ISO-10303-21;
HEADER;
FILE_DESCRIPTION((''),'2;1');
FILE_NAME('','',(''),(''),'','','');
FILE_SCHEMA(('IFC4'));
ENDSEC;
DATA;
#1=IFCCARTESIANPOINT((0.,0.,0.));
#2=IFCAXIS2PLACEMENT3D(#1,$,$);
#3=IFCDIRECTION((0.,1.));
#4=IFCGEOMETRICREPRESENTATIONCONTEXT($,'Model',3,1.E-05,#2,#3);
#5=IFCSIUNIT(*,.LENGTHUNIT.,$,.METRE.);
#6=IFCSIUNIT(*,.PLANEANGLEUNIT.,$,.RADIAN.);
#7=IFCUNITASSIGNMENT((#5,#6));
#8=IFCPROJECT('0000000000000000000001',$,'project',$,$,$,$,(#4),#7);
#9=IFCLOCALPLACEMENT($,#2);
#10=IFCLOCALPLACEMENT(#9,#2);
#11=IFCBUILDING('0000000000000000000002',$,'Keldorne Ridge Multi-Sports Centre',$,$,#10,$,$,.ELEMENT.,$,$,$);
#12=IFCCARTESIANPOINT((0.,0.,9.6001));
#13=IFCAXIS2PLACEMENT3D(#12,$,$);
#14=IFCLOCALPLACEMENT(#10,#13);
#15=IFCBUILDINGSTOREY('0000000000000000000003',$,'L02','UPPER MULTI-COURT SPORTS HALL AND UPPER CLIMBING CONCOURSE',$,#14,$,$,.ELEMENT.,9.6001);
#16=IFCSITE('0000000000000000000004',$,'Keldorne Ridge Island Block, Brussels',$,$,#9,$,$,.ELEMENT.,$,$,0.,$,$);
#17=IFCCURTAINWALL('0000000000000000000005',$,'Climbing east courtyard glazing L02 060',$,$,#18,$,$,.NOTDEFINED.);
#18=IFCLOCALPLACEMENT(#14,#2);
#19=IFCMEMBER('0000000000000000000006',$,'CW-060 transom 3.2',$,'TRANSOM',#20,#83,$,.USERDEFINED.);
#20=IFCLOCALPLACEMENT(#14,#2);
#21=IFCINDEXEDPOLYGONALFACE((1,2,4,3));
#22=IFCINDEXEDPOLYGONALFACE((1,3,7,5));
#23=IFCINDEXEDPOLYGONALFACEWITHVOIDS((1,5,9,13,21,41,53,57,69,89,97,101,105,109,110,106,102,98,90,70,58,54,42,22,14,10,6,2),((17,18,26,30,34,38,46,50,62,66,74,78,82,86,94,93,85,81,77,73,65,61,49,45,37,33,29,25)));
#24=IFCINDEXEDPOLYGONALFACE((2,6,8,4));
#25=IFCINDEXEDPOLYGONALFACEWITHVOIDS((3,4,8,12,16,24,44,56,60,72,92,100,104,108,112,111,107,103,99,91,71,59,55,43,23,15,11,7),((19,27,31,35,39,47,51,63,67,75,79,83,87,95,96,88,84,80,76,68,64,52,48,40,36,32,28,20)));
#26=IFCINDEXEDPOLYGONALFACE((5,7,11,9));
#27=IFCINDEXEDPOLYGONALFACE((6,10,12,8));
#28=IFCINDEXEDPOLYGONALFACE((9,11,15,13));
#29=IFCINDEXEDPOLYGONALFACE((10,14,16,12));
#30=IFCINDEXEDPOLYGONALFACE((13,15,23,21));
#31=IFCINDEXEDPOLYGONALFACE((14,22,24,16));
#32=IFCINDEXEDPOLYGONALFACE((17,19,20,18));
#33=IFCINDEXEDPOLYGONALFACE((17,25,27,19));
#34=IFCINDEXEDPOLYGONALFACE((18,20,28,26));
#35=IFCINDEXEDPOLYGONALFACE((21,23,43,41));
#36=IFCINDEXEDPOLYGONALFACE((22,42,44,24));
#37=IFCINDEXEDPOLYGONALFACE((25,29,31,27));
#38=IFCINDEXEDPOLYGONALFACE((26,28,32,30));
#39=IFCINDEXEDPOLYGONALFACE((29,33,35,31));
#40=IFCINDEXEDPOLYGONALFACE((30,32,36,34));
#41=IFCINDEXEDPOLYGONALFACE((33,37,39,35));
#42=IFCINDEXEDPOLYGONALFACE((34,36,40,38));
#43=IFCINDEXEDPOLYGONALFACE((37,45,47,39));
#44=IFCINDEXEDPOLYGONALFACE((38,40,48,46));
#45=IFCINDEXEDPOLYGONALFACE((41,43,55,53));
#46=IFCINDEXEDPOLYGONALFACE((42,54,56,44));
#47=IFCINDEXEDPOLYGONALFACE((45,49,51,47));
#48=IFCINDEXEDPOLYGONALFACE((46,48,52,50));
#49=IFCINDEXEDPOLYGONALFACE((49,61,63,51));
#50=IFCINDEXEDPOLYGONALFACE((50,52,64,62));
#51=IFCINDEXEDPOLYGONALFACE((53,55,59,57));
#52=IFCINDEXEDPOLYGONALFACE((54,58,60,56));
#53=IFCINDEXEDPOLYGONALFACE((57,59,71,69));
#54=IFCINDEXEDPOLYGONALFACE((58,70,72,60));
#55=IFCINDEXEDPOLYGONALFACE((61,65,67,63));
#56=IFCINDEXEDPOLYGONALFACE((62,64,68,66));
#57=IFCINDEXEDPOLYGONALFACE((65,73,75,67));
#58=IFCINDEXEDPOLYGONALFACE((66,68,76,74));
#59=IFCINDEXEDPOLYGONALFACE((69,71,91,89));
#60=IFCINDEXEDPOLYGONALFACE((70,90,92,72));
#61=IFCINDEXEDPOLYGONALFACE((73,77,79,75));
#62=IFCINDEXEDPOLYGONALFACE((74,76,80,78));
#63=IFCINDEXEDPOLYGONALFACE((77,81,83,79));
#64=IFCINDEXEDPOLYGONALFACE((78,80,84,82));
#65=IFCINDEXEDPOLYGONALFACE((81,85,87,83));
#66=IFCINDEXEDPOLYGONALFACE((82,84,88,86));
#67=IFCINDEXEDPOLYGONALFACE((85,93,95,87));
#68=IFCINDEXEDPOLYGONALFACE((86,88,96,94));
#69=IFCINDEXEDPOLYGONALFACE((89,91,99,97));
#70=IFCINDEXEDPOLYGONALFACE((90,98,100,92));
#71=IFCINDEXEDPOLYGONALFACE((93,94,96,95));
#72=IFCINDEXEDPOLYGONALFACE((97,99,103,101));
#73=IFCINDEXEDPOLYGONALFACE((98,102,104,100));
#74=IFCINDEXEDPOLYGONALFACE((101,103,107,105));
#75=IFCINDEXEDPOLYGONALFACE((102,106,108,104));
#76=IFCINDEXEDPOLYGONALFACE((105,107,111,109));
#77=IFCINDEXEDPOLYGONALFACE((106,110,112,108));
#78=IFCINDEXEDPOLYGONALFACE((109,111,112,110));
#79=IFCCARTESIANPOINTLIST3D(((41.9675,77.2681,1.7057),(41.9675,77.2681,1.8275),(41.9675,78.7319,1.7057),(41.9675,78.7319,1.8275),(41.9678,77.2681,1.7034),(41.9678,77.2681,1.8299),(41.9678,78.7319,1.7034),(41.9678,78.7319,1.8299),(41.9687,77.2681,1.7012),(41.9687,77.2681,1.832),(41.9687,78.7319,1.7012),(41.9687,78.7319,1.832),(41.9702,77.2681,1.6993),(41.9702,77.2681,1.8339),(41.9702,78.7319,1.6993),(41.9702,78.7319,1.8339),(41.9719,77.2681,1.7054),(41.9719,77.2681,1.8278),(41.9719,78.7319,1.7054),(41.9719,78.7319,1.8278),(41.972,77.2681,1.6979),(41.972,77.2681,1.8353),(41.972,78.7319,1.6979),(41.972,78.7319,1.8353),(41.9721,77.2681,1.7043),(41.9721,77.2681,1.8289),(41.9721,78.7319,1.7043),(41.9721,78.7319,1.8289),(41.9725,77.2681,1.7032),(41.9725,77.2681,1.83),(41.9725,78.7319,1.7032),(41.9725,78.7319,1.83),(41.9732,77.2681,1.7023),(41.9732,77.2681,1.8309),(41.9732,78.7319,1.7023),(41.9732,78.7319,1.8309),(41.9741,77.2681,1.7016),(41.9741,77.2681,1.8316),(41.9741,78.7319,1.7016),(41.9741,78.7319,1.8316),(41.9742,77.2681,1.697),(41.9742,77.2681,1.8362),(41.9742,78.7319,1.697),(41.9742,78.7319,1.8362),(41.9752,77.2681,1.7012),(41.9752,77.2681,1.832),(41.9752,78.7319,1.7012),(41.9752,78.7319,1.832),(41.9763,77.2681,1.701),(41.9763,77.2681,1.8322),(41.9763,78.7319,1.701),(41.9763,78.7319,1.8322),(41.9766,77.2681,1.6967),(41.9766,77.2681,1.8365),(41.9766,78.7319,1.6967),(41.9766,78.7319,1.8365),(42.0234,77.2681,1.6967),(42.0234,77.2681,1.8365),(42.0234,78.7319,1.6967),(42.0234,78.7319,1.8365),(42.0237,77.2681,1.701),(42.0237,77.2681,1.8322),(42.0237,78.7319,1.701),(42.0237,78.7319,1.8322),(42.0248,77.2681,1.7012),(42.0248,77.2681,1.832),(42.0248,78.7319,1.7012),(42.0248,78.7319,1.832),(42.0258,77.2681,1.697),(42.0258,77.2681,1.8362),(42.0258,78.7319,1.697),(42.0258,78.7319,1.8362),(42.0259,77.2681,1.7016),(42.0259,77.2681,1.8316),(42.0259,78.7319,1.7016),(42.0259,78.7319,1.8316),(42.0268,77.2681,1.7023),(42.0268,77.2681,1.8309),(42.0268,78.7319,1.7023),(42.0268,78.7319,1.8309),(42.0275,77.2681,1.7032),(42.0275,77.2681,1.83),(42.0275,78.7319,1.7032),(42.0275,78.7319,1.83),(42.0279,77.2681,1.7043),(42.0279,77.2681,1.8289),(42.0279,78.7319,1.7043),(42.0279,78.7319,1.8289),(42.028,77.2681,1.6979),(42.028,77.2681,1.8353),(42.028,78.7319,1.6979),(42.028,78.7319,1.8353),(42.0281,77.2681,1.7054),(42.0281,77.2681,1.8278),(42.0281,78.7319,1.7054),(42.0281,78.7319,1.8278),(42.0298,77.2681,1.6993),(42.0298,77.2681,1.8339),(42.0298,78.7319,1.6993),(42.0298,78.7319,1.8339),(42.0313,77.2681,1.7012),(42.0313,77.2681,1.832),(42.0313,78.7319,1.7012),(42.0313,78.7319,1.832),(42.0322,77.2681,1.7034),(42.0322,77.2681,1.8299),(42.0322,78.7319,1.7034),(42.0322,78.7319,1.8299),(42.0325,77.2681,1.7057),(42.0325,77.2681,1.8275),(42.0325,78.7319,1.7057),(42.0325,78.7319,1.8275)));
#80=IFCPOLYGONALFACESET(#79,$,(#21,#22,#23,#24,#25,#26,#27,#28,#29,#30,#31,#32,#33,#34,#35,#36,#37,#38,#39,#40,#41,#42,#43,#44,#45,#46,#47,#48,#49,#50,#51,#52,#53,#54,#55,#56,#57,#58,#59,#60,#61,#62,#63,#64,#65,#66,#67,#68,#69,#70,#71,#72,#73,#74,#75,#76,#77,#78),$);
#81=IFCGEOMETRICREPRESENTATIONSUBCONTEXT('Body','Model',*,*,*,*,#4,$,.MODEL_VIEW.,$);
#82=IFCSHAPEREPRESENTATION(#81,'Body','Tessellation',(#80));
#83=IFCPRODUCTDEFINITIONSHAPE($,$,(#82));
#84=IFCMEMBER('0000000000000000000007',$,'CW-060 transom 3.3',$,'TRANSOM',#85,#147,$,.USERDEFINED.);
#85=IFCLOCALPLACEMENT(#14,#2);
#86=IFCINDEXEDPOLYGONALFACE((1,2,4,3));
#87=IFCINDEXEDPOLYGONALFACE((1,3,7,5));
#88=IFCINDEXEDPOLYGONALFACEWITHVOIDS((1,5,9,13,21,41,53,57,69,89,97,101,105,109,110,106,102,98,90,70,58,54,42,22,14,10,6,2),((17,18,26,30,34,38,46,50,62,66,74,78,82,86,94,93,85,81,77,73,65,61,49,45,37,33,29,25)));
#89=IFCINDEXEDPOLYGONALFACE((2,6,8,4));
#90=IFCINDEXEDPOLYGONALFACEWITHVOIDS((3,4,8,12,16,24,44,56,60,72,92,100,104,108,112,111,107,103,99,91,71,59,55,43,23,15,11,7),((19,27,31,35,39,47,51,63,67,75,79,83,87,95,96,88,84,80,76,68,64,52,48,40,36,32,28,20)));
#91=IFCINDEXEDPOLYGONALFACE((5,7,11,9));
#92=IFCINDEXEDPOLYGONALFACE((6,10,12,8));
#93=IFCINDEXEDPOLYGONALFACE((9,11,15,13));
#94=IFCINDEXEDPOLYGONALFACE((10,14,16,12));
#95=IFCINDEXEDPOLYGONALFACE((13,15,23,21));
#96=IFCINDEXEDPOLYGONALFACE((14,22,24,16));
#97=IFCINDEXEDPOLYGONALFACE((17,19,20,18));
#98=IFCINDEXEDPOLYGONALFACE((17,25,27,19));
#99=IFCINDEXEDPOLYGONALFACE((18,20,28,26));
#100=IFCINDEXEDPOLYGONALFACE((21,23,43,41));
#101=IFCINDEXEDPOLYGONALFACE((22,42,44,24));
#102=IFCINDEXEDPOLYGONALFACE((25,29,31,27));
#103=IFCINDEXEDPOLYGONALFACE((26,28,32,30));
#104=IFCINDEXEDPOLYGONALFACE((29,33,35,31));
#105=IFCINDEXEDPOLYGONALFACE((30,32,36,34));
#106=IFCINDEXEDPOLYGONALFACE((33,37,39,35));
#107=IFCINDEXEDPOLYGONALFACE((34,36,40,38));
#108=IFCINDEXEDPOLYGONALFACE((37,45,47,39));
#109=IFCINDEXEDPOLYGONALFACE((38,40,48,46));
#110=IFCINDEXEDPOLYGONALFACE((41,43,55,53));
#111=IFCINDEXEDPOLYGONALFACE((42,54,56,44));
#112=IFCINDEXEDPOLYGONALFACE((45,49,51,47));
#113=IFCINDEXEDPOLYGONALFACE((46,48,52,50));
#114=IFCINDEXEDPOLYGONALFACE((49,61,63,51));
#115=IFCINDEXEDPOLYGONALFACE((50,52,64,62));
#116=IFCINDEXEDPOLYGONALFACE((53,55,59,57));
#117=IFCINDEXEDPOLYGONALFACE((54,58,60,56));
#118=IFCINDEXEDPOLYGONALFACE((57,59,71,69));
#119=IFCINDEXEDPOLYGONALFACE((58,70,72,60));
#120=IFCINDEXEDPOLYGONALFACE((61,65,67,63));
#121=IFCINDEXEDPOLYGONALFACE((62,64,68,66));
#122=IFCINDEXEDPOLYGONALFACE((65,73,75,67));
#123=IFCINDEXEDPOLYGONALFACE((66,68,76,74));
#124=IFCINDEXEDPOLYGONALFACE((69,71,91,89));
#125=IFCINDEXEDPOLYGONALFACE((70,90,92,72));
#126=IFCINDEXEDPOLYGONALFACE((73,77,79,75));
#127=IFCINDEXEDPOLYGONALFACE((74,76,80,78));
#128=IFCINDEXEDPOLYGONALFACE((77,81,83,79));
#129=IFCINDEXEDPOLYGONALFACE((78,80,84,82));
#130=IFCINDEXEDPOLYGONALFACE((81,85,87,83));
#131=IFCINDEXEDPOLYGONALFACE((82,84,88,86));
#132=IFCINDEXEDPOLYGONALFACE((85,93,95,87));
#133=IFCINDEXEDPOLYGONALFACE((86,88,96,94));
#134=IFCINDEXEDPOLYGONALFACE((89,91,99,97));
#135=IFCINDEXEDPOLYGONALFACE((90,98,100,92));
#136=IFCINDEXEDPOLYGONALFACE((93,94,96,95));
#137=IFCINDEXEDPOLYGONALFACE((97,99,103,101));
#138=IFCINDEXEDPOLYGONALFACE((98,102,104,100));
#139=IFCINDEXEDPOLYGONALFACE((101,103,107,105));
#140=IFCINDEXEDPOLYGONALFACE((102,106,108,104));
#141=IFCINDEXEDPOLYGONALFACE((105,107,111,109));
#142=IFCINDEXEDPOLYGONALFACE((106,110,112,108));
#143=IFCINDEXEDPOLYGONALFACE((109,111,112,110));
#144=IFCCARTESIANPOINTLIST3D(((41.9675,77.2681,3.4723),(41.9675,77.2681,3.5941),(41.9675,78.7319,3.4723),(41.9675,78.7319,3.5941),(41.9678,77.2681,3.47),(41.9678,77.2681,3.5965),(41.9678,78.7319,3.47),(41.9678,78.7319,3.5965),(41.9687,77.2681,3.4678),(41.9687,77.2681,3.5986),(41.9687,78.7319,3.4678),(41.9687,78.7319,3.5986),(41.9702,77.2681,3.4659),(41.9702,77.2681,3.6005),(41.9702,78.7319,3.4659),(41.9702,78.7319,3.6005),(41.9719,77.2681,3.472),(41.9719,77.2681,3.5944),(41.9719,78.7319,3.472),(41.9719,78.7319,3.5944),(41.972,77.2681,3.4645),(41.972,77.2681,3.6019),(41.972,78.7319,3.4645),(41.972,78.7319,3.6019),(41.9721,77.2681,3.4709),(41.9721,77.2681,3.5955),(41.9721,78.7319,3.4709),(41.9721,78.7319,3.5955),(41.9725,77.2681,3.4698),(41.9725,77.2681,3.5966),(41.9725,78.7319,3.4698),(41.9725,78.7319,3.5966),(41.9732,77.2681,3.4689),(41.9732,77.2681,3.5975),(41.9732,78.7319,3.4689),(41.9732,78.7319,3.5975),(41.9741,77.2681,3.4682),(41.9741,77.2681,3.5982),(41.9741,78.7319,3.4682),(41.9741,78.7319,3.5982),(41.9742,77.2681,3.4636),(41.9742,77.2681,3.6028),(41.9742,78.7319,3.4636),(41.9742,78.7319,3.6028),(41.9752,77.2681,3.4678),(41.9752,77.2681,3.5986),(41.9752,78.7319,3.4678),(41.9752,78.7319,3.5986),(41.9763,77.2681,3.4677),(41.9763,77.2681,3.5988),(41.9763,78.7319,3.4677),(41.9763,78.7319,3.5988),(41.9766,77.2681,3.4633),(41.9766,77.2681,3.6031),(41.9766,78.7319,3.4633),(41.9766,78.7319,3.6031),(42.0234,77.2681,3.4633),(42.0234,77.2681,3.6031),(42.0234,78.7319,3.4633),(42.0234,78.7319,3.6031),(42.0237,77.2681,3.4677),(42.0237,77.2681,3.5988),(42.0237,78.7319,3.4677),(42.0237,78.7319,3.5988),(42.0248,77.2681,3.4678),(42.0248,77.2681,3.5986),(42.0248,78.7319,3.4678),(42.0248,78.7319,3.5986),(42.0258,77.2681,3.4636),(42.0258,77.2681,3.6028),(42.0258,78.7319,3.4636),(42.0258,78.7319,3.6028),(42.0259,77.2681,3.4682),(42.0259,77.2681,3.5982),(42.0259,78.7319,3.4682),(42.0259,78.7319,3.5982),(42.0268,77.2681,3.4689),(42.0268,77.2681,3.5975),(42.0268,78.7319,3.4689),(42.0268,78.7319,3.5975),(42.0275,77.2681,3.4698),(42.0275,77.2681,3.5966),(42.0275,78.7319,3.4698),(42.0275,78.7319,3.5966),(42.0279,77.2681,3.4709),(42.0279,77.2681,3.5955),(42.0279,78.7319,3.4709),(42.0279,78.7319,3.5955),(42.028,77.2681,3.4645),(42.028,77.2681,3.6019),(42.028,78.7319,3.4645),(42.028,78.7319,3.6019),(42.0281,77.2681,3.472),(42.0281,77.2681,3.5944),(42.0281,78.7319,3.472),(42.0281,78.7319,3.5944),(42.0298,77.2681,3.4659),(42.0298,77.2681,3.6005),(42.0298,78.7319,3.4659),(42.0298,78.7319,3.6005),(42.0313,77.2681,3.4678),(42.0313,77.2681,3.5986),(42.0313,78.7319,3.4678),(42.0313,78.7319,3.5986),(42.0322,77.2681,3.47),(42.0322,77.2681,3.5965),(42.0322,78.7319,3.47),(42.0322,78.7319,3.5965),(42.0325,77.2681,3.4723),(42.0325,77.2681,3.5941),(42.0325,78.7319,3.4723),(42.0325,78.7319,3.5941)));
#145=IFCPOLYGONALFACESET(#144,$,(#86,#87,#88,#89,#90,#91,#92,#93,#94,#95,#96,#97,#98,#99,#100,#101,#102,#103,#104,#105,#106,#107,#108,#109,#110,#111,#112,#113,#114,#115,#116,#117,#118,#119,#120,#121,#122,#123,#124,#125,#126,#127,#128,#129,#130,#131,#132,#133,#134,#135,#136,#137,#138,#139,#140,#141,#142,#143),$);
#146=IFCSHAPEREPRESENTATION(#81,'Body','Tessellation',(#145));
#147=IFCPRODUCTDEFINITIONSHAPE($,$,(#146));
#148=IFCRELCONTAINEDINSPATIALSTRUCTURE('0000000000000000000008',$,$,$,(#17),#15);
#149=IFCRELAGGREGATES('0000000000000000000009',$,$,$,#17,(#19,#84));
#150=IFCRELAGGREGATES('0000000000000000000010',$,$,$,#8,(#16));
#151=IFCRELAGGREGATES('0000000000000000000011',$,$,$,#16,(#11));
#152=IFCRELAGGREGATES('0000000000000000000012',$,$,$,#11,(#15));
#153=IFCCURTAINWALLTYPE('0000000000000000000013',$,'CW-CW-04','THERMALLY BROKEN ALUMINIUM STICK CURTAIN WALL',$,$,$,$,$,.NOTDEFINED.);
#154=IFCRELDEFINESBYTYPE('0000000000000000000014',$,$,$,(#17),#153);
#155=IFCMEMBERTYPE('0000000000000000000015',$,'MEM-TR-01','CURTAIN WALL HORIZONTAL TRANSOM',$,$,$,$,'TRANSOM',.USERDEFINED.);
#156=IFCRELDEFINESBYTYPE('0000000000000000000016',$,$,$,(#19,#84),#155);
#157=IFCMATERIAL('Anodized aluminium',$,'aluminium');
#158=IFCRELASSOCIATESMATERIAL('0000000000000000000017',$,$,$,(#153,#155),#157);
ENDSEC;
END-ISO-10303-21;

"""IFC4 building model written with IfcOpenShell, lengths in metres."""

from ifc_helpers import new_model, si_unit, direction, frame, origin, origin_2d, place, context, subcontext, project, spatial, hollow_rectangle, extrude, material, material_profile, profile_set, type_object, element, aggregate, save


model = new_model("IFC4")

# Units and contexts
model_context = context("Model", 3, precision=1e-05, world=origin(), true_north=direction((0.0, 1.0)))
body_context = subcontext(model_context, "Body", "Model", "MODEL_VIEW")
ifc_project = project(units=[si_unit("LENGTHUNIT", "METRE"), si_unit("PLANEANGLEUNIT", "RADIAN")], contexts=[model_context])

# Site, building, storey
site_placement = place(None, origin())
site = spatial("IfcSite", under=ifc_project, at=site_placement, Name="Keldorne Ridge Island Block, Brussels", CompositionType="ELEMENT", RefElevation=0.0)
building_placement = place(site_placement, origin())
building = spatial("IfcBuilding", under=site, at=building_placement, Name="Keldorne Ridge Multi-Sports Centre", CompositionType="ELEMENT")
storey_placement = place(building_placement, frame((0.0, 0.0, 9.6001)))
storey = spatial("IfcBuildingStorey", under=building, at=storey_placement, Name="L02", Description="UPPER MULTI-COURT SPORTS HALL AND UPPER CLIMBING CONCOURSE", CompositionType="ELEMENT", Elevation=9.6001)

# Curtain wall, members
ifc_material_1 = material(Name="Anodized aluminium", Category="aluminium")
curtain_wall_type = type_object("IfcCurtainWallType", Name="CW-CW-04", Description="THERMALLY BROKEN ALUMINIUM STICK CURTAIN WALL", PredefinedType="NOTDEFINED", material=ifc_material_1)
curtain_wall_placement = place(storey_placement, origin())
curtain_wall = element("IfcCurtainWall", 1, at=curtain_wall_placement, inside=storey, type_object=curtain_wall_type, Name="Climbing east courtyard glazing L02 060", PredefinedType="NOTDEFINED")
ifc_material_profile_1 = material_profile(ifc_material_1, hollow_rectangle(XDim=0.0649, YDim=0.1399, WallThickness=0.0044, InnerFilletRadius=0.0044, OuterFilletRadius=0.009, at=origin_2d()), Name="ALU TRANSOM 140x65x4.5")
ifc_profile_set_1 = profile_set([ifc_material_profile_1], Name="Anodized aluminium")
member_type_1 = type_object("IfcMemberType", Name="MEM-TR-01", Description="CURTAIN WALL HORIZONTAL TRANSOM", ElementType="TRANSOM", PredefinedType="USERDEFINED", material=ifc_profile_set_1)
member_1_placement = place(storey_placement, frame((42.0, 77.2681, 1.7666), z_axis=(0.0, 1.0, 0.0), x_axis=(-1.0, 0.0, 0.0)))
member_1 = element("IfcMember", 2, at=member_1_placement, type_object=member_type_1, Name="CW-060 transom 3.2", ObjectType="TRANSOM", PredefinedType="USERDEFINED", context=body_context, shape_type="SweptSolid", body=[
    extrude(hollow_rectangle(XDim=0.0649, YDim=0.1399, WallThickness=0.0044, InnerFilletRadius=0.0044, OuterFilletRadius=0.009, at=origin_2d()), origin(), (0.0, 0.0, 1.0), 1.4639),
])
member_2_placement = place(storey_placement, frame((42.0, 77.2681, 3.5332), z_axis=(0.0, 1.0, 0.0), x_axis=(-1.0, 0.0, 0.0)))
member_2 = element("IfcMember", 3, at=member_2_placement, type_object=member_type_1, Name="CW-060 transom 3.3", ObjectType="TRANSOM", PredefinedType="USERDEFINED", context=body_context, shape_type="SweptSolid", body=[
    extrude(hollow_rectangle(XDim=0.0649, YDim=0.1399, WallThickness=0.0044, InnerFilletRadius=0.0044, OuterFilletRadius=0.009, at=origin_2d()), origin(), (0.0, 0.0, 1.0), 1.4639),
])
aggregate(curtain_wall, [member_1, member_2])

save(model, "model.ifc")
